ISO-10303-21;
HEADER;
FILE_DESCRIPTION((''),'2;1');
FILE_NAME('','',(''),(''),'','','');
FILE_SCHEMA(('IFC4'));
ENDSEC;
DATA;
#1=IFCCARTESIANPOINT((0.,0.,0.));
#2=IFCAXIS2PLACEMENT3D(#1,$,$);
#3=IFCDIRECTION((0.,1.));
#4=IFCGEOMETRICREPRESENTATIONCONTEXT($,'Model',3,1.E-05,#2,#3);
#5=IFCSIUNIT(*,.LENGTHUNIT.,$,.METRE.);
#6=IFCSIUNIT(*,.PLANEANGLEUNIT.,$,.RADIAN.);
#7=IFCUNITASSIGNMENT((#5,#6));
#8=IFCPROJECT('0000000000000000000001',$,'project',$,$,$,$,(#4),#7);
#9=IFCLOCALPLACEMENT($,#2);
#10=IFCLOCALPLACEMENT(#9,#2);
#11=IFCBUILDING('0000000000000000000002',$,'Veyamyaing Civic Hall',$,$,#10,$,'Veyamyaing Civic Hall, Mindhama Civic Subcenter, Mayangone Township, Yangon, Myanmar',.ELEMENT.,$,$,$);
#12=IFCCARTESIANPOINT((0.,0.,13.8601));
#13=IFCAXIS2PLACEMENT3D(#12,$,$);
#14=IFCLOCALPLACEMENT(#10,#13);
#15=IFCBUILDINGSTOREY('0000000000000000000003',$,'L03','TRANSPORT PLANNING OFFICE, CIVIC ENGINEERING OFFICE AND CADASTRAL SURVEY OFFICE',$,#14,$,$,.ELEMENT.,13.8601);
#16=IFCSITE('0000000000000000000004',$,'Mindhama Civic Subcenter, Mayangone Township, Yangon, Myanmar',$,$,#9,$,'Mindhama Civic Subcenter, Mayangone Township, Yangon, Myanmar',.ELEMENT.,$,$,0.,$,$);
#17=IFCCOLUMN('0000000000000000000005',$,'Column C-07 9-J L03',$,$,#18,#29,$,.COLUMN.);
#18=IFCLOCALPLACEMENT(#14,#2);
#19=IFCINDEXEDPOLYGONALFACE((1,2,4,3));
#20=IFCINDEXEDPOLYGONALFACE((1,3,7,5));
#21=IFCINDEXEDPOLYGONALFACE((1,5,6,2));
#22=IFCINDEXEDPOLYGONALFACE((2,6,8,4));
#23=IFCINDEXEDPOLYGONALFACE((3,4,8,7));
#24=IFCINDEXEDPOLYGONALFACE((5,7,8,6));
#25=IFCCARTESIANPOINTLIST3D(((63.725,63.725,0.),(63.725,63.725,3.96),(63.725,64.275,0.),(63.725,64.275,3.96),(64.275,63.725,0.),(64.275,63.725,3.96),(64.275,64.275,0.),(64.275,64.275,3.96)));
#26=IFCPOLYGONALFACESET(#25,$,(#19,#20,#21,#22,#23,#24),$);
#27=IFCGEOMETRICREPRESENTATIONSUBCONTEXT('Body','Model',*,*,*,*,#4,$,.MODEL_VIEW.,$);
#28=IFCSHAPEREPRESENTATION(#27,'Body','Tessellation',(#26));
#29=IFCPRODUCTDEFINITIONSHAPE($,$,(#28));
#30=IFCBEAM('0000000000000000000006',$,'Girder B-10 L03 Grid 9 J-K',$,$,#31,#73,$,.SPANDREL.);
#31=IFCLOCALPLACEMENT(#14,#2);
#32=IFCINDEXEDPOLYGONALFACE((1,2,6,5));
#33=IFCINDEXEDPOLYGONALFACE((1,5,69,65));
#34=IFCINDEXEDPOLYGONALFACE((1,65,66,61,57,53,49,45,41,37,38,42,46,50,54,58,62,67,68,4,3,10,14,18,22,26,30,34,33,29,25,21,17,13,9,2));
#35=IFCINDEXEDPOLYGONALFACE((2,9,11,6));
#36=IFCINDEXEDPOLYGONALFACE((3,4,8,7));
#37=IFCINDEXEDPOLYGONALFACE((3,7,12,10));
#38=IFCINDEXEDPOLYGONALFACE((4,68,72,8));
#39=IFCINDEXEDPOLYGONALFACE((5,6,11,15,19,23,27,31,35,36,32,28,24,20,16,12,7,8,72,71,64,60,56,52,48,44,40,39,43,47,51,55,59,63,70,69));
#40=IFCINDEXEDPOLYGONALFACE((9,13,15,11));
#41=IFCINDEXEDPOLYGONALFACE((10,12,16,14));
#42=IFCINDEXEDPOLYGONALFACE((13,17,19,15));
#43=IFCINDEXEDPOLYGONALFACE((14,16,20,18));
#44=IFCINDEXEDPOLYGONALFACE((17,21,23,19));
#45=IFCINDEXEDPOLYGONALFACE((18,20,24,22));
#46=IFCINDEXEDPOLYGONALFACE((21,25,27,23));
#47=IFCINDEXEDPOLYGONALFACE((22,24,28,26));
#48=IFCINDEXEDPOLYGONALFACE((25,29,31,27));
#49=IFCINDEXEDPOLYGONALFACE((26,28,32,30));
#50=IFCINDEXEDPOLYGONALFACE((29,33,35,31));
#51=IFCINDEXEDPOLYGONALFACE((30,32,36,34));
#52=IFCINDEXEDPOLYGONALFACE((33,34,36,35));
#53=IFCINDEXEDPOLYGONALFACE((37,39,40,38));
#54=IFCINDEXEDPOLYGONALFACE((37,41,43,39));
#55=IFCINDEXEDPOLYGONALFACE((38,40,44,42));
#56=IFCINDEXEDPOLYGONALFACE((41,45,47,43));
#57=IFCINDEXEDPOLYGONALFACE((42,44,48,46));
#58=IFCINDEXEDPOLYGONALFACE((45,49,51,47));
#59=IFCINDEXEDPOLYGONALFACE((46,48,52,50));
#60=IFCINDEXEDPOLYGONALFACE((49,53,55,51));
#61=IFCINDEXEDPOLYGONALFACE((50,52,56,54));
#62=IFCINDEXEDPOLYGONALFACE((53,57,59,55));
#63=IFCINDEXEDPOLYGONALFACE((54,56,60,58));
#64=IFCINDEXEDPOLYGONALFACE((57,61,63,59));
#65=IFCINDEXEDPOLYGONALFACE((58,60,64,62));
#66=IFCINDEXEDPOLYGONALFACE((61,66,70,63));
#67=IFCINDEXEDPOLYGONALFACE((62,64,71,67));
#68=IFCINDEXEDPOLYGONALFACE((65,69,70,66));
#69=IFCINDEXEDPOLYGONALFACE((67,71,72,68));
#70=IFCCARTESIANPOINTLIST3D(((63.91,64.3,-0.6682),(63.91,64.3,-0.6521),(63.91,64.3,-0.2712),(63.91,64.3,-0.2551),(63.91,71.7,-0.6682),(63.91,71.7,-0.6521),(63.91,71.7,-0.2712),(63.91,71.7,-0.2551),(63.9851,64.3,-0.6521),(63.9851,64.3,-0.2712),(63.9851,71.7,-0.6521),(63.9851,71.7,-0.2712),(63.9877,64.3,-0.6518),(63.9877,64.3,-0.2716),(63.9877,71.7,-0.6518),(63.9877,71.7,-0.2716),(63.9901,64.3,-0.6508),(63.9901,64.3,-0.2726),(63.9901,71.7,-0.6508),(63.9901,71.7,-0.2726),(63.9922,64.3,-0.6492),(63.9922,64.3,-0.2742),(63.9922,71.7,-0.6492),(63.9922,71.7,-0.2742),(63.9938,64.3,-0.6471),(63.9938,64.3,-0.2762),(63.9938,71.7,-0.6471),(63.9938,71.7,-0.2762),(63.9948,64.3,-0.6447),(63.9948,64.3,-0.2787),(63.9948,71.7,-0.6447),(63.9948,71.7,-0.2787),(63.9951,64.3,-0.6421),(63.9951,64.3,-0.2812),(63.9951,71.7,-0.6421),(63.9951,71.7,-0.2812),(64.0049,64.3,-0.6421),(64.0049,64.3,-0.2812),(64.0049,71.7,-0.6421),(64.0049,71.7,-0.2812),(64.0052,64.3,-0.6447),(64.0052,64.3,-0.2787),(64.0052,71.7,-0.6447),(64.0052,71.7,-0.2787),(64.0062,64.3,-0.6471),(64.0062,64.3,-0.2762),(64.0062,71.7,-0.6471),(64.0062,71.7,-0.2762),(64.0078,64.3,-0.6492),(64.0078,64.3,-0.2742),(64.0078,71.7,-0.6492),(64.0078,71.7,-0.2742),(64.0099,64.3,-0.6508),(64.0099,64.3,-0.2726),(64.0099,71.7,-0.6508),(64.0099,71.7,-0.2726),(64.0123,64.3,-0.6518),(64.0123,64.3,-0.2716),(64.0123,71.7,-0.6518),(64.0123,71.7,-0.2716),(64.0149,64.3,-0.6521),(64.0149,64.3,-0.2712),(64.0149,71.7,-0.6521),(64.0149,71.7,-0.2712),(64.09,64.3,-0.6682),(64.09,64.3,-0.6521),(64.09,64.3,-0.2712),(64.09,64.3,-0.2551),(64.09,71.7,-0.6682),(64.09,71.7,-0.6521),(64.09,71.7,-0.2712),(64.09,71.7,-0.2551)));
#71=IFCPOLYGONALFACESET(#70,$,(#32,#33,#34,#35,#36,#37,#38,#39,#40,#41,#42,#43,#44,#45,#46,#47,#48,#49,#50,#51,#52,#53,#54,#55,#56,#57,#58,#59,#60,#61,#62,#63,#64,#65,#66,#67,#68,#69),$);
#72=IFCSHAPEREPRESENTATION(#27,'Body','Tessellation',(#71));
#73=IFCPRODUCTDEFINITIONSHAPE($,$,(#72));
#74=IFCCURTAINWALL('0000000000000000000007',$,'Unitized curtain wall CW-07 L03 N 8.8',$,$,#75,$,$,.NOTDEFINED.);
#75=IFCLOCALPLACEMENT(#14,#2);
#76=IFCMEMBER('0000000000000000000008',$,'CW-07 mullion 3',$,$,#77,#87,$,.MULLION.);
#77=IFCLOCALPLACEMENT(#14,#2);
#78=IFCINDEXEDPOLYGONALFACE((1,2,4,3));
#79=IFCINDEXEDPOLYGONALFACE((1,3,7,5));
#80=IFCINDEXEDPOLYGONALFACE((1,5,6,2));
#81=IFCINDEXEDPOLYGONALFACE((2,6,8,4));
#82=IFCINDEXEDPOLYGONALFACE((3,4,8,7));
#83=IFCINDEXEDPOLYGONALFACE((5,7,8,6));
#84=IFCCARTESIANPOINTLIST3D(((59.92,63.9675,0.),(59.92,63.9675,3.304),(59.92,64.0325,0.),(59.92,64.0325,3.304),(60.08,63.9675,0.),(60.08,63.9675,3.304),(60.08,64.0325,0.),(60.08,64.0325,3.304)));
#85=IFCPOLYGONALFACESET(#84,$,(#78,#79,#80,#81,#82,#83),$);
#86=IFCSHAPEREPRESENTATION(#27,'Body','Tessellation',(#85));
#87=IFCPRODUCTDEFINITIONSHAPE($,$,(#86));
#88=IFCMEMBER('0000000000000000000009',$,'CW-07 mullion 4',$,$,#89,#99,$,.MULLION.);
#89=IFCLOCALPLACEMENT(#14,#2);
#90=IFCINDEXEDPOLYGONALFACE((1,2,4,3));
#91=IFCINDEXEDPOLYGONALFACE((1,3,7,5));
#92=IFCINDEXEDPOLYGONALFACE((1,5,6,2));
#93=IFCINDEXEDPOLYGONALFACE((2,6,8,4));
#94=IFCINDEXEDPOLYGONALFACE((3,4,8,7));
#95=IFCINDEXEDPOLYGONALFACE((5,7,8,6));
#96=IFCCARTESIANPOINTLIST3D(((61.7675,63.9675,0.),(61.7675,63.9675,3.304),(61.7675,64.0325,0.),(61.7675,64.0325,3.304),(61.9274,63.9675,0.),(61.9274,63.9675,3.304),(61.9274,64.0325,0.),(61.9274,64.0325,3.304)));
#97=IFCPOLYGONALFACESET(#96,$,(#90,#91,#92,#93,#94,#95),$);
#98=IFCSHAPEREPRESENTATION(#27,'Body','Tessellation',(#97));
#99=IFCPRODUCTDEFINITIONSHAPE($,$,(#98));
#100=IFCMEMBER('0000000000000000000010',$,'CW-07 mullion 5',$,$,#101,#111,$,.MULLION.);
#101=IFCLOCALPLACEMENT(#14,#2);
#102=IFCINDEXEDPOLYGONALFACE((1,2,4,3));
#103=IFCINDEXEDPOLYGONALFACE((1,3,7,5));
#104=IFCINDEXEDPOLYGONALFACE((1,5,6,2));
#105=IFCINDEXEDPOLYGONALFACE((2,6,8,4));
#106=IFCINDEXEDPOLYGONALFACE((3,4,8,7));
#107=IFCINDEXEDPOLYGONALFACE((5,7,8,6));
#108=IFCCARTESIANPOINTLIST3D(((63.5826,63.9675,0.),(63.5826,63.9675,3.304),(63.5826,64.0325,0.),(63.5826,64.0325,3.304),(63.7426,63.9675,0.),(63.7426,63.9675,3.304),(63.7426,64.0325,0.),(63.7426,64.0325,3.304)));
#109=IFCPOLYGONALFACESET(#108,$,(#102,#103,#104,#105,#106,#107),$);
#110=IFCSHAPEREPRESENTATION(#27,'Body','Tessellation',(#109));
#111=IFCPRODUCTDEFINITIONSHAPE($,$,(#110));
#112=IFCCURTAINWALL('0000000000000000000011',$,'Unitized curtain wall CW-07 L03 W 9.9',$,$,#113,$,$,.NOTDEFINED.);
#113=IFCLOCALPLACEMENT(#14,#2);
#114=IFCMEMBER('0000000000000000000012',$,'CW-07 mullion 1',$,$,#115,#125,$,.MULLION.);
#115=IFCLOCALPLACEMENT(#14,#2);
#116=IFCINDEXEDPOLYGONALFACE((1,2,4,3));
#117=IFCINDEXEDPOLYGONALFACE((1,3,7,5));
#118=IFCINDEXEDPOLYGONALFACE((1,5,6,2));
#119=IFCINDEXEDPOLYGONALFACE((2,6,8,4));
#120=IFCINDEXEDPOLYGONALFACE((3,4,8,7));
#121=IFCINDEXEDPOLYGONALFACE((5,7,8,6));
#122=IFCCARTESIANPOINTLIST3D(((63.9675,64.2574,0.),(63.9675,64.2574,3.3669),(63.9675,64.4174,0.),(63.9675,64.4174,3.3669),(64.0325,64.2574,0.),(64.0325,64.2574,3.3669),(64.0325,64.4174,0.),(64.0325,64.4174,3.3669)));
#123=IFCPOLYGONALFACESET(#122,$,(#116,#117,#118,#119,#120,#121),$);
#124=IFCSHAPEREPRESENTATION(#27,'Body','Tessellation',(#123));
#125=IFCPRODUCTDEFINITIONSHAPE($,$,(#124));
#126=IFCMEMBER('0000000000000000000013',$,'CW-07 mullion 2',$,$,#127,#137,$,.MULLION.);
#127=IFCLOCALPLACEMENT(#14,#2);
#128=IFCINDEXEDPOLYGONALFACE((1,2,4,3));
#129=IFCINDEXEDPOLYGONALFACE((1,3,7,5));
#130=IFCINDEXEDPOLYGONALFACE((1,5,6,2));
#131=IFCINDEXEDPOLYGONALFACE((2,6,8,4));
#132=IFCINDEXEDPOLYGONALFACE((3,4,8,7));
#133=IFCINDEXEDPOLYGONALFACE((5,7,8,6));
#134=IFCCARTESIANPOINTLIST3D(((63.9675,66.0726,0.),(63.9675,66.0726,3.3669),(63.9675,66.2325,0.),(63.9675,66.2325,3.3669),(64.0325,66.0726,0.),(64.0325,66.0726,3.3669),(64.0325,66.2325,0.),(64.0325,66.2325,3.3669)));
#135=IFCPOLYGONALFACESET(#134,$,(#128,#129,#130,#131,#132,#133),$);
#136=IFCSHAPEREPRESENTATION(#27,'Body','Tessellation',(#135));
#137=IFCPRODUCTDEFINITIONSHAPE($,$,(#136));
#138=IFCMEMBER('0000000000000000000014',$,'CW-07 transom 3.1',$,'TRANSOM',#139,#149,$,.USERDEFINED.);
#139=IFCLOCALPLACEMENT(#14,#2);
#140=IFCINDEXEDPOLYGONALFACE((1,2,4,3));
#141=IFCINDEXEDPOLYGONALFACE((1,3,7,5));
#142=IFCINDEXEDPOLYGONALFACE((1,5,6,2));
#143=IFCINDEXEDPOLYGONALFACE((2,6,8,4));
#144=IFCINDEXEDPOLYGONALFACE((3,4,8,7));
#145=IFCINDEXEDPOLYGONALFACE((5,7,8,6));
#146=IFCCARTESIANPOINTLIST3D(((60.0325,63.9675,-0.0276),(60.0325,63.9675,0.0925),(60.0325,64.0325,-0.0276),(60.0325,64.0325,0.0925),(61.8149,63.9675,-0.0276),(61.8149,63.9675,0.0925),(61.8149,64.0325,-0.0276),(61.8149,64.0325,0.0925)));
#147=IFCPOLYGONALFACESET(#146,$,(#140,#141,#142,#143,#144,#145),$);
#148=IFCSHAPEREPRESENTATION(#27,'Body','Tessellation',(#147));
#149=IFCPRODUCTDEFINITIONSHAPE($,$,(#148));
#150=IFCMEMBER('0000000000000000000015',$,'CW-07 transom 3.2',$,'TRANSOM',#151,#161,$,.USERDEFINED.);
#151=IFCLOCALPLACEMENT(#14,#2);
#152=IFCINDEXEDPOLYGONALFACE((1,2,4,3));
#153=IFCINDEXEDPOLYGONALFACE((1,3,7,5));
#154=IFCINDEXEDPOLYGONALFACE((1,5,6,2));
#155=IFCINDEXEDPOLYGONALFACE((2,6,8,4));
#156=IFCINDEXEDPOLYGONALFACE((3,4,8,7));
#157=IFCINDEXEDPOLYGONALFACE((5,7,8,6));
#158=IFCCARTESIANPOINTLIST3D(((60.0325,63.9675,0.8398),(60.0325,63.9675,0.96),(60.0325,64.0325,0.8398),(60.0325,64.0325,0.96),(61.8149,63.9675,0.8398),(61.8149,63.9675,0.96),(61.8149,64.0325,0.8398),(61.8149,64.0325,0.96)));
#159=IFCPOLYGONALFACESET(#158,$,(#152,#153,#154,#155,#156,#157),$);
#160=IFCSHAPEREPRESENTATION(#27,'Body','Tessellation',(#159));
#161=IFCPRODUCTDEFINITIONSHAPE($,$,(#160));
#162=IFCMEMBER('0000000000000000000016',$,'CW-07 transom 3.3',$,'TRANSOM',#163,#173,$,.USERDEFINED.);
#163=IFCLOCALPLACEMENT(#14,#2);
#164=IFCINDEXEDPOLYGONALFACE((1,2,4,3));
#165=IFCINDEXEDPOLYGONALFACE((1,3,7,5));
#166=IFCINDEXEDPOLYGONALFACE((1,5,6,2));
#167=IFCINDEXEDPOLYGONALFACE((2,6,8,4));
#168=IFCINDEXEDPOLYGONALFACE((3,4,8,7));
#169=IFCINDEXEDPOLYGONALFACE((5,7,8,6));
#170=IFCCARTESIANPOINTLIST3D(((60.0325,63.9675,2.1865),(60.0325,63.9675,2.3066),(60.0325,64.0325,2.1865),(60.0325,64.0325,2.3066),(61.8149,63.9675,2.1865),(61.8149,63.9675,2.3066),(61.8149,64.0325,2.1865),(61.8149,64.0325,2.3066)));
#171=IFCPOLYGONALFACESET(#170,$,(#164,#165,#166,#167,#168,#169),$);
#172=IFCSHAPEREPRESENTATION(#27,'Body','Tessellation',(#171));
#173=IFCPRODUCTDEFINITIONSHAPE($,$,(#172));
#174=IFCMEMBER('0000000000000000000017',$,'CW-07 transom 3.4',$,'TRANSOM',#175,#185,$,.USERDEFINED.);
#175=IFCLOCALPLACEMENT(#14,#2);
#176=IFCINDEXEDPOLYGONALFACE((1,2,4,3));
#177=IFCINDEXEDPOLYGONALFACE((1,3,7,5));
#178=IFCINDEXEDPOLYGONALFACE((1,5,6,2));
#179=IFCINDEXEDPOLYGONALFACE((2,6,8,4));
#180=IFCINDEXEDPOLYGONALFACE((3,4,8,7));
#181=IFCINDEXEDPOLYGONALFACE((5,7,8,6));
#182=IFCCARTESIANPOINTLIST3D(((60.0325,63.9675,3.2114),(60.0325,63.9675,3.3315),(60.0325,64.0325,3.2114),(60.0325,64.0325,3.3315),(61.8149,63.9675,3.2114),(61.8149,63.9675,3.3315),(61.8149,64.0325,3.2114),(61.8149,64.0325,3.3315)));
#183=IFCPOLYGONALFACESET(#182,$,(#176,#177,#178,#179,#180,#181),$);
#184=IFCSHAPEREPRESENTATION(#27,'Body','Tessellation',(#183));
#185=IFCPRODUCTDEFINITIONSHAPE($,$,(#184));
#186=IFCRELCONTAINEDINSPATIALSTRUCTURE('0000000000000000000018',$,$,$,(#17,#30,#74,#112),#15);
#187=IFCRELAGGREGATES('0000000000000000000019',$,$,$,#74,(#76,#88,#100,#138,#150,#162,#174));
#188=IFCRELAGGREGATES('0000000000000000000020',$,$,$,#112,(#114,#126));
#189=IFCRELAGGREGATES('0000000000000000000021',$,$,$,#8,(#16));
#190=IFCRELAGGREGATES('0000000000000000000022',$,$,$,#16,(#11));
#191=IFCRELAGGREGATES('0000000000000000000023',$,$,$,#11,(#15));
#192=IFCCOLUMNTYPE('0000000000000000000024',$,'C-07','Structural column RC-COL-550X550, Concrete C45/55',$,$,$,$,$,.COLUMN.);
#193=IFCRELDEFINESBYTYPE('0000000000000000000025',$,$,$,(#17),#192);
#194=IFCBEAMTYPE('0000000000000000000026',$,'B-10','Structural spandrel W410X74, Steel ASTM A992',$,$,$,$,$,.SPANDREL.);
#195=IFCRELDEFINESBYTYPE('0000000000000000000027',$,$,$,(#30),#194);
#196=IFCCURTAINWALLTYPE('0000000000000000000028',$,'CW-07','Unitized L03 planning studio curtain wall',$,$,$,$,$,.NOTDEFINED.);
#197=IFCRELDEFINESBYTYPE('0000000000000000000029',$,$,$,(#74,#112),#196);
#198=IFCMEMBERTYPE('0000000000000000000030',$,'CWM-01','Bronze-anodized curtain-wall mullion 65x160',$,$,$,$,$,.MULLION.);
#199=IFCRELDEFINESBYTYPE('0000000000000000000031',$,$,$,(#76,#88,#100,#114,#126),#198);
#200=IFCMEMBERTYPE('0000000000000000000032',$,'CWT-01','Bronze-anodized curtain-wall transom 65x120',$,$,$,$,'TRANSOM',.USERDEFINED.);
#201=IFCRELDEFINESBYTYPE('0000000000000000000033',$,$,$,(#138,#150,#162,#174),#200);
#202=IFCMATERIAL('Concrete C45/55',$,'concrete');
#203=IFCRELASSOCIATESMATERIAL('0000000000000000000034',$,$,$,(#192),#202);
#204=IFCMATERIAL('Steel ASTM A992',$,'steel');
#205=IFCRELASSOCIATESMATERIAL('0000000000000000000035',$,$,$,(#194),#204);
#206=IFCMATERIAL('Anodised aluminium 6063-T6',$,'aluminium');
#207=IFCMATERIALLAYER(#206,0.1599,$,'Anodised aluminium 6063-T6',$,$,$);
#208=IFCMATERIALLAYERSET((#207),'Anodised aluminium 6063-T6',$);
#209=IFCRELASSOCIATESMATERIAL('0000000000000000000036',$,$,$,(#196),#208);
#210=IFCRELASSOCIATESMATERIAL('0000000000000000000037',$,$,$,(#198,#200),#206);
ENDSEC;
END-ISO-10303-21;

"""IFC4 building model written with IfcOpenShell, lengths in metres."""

from ifc_helpers import new_model, si_unit, direction, frame, origin, origin_2d, place, context, subcontext, project, spatial, rectangle, i_section, extrude, material, layer, layer_set, material_profile, profile_set, type_object, element, aggregate, save


model = new_model("IFC4")

# Units and contexts
model_context = context("Model", 3, precision=1e-05, world=origin(), true_north=direction((0.0, 1.0)))
body_context = subcontext(model_context, "Body", "Model", "MODEL_VIEW")
ifc_project = project(units=[si_unit("LENGTHUNIT", "METRE"), si_unit("PLANEANGLEUNIT", "RADIAN")], contexts=[model_context])

# Site, building, storey
site_placement = place(None, origin())
site = spatial("IfcSite", under=ifc_project, at=site_placement, Name="Mindhama Civic Subcenter, Mayangone Township, Yangon, Myanmar", LongName="Mindhama Civic Subcenter, Mayangone Township, Yangon, Myanmar", CompositionType="ELEMENT", RefElevation=0.0)
building_placement = place(site_placement, origin())
building = spatial("IfcBuilding", under=site, at=building_placement, Name="Veyamyaing Civic Hall", LongName="Veyamyaing Civic Hall, Mindhama Civic Subcenter, Mayangone Township, Yangon, Myanmar", CompositionType="ELEMENT")
storey_placement = place(building_placement, frame((0.0, 0.0, 13.8601)))
storey = spatial("IfcBuildingStorey", under=building, at=storey_placement, Name="L03", Description="TRANSPORT PLANNING OFFICE, CIVIC ENGINEERING OFFICE AND CADASTRAL SURVEY OFFICE", CompositionType="ELEMENT", Elevation=13.8601)

# Column
ifc_material_1 = material(Name="Concrete C45/55", Category="concrete")
ifc_material_profile_1 = material_profile(ifc_material_1, rectangle(XDim=0.55, YDim=0.55, at=origin_2d()), Name="RC-COL-550X550")
ifc_profile_set_1 = profile_set([ifc_material_profile_1], Name="Concrete C45/55")
column_type = type_object("IfcColumnType", Name="C-07", Description="Structural column RC-COL-550X550, Concrete C45/55", PredefinedType="COLUMN", material=ifc_profile_set_1)
column_placement = place(storey_placement, frame((64.0, 64.0, 0.0), z_axis=(0.0, 0.0, 1.0), x_axis=(1.0, 0.0, 0.0)))
element("IfcColumn", 1, at=column_placement, inside=storey, type_object=column_type, Name="Column C-07 9-J L03", PredefinedType="COLUMN", context=body_context, shape_type="SweptSolid", body=[
    extrude(rectangle(XDim=0.55, YDim=0.55, at=origin_2d()), origin(), (0.0, 0.0, 1.0), 3.96),
])

# Beam
ifc_material_2 = material(Name="Steel ASTM A992", Category="steel")
ifc_material_profile_2 = material_profile(ifc_material_2, i_section(OverallWidth=0.1799, OverallDepth=0.4131, WebThickness=0.0098, FlangeThickness=0.0161, FilletRadius=0.01, at=origin_2d()), Name="W410X74")
ifc_profile_set_2 = profile_set([ifc_material_profile_2], Name="Steel ASTM A992")
beam_type = type_object("IfcBeamType", Name="B-10", Description="Structural spandrel W410X74, Steel ASTM A992", PredefinedType="SPANDREL", material=ifc_profile_set_2)
beam_placement = place(storey_placement, frame((64.0, 64.3, -0.4617), z_axis=(0.0, 1.0, 0.0), x_axis=(-1.0, 0.0, 0.0)))
element("IfcBeam", 2, at=beam_placement, inside=storey, type_object=beam_type, Name="Girder B-10 L03 Grid 9 J-K", PredefinedType="SPANDREL", context=body_context, shape_type="SweptSolid", body=[
    extrude(i_section(OverallWidth=0.1799, OverallDepth=0.4131, WebThickness=0.0098, FlangeThickness=0.0161, FilletRadius=0.01, at=origin_2d()), origin(), (0.0, 0.0, 1.0), 7.3999),
])

# Curtain walls, members
ifc_material_3 = material(Name="Anodised aluminium 6063-T6", Category="aluminium")
ifc_layer_1 = layer(ifc_material_3, 0.1599, Name="Anodised aluminium 6063-T6")
ifc_layer_set_1 = layer_set([ifc_layer_1], Name="Anodised aluminium 6063-T6")
curtain_wall_type = type_object("IfcCurtainWallType", Name="CW-07", Description="Unitized L03 planning studio curtain wall", PredefinedType="NOTDEFINED", material=ifc_layer_set_1)
curtain_wall_1_placement = place(storey_placement, origin())
curtain_wall_1 = element("IfcCurtainWall", 3, at=curtain_wall_1_placement, inside=storey, type_object=curtain_wall_type, Name="Unitized curtain wall CW-07 L03 N 8.8", PredefinedType="NOTDEFINED")
ifc_material_profile_3 = material_profile(ifc_material_3, rectangle(XDim=0.0649, YDim=0.1599, at=origin_2d()), Name="ALU-MUL-65X160")
ifc_profile_set_3 = profile_set([ifc_material_profile_3], Name="Anodised aluminium 6063-T6")
member_type_1 = type_object("IfcMemberType", Name="CWM-01", Description="Bronze-anodized curtain-wall mullion 65x160", PredefinedType="MULLION", material=ifc_profile_set_3)
member_1_placement = place(storey_placement, frame((60.0, 64.0, 0.0), z_axis=(0.0, 0.0, 1.0), x_axis=(0.0, 1.0, 0.0)))
member_1 = element("IfcMember", 4, at=member_1_placement, type_object=member_type_1, Name="CW-07 mullion 3", PredefinedType="MULLION", context=body_context, shape_type="SweptSolid", body=[
    extrude(rectangle(XDim=0.0649, YDim=0.1599, at=origin_2d()), origin(), (0.0, 0.0, 1.0), 3.304),
])
member_2_placement = place(storey_placement, frame((61.8474, 64.0, 0.0), z_axis=(0.0, 0.0, 1.0), x_axis=(0.0, 1.0, 0.0)))
member_2 = element("IfcMember", 5, at=member_2_placement, type_object=member_type_1, Name="CW-07 mullion 4", PredefinedType="MULLION", context=body_context, shape_type="SweptSolid", body=[
    extrude(rectangle(XDim=0.0649, YDim=0.1599, at=origin_2d()), origin(), (0.0, 0.0, 1.0), 3.304),
])
member_3_placement = place(storey_placement, frame((63.6626, 64.0, 0.0), z_axis=(0.0, 0.0, 1.0), x_axis=(0.0, 1.0, 0.0)))
member_3 = element("IfcMember", 6, at=member_3_placement, type_object=member_type_1, Name="CW-07 mullion 5", PredefinedType="MULLION", context=body_context, shape_type="SweptSolid", body=[
    extrude(rectangle(XDim=0.0649, YDim=0.1599, at=origin_2d()), origin(), (0.0, 0.0, 1.0), 3.304),
])
curtain_wall_2_placement = place(storey_placement, origin())
curtain_wall_2 = element("IfcCurtainWall", 7, at=curtain_wall_2_placement, inside=storey, type_object=curtain_wall_type, Name="Unitized curtain wall CW-07 L03 W 9.9", PredefinedType="NOTDEFINED")
member_4_placement = place(storey_placement, frame((64.0, 64.3374, 0.0), z_axis=(0.0, 0.0, 1.0), x_axis=(-1.0, 0.0, 0.0)))
member_4 = element("IfcMember", 8, at=member_4_placement, type_object=member_type_1, Name="CW-07 mullion 1", PredefinedType="MULLION", context=body_context, shape_type="SweptSolid", body=[
    extrude(rectangle(XDim=0.0649, YDim=0.1599, at=origin_2d()), origin(), (0.0, 0.0, 1.0), 3.3669),
])
member_5_placement = place(storey_placement, frame((64.0, 66.1526, 0.0), z_axis=(0.0, 0.0, 1.0), x_axis=(-1.0, 0.0, 0.0)))
member_5 = element("IfcMember", 9, at=member_5_placement, type_object=member_type_1, Name="CW-07 mullion 2", PredefinedType="MULLION", context=body_context, shape_type="SweptSolid", body=[
    extrude(rectangle(XDim=0.0649, YDim=0.1599, at=origin_2d()), origin(), (0.0, 0.0, 1.0), 3.3669),
])

# Members
ifc_material_profile_4 = material_profile(ifc_material_3, rectangle(XDim=0.0649, YDim=0.1201, at=origin_2d()), Name="ALU-TRN-65X120")
ifc_profile_set_4 = profile_set([ifc_material_profile_4], Name="Anodised aluminium 6063-T6")
member_type_2 = type_object("IfcMemberType", Name="CWT-01", Description="Bronze-anodized curtain-wall transom 65x120", ElementType="TRANSOM", PredefinedType="USERDEFINED", material=ifc_profile_set_4)
member_6_placement = place(storey_placement, frame((60.0325, 64.0, 0.0325), z_axis=(1.0, 0.0, 0.0), x_axis=(0.0, 1.0, 0.0)))
member_6 = element("IfcMember", 10, at=member_6_placement, type_object=member_type_2, Name="CW-07 transom 3.1", ObjectType="TRANSOM", PredefinedType="USERDEFINED", context=body_context, shape_type="SweptSolid", body=[
    extrude(rectangle(XDim=0.0649, YDim=0.1201, at=origin_2d()), origin(), (0.0, 0.0, 1.0), 1.7825),
])
member_7_placement = place(storey_placement, frame((60.0325, 64.0, 0.8999), z_axis=(1.0, 0.0, 0.0), x_axis=(0.0, 1.0, 0.0)))
member_7 = element("IfcMember", 11, at=member_7_placement, type_object=member_type_2, Name="CW-07 transom 3.2", ObjectType="TRANSOM", PredefinedType="USERDEFINED", context=body_context, shape_type="SweptSolid", body=[
    extrude(rectangle(XDim=0.0649, YDim=0.1201, at=origin_2d()), origin(), (0.0, 0.0, 1.0), 1.7825),
])
member_8_placement = place(storey_placement, frame((60.0325, 64.0, 2.2466), z_axis=(1.0, 0.0, 0.0), x_axis=(0.0, 1.0, 0.0)))
member_8 = element("IfcMember", 12, at=member_8_placement, type_object=member_type_2, Name="CW-07 transom 3.3", ObjectType="TRANSOM", PredefinedType="USERDEFINED", context=body_context, shape_type="SweptSolid", body=[
    extrude(rectangle(XDim=0.0649, YDim=0.1201, at=origin_2d()), origin(), (0.0, 0.0, 1.0), 1.7825),
])
member_9_placement = place(storey_placement, frame((60.0325, 64.0, 3.2715), z_axis=(1.0, 0.0, 0.0), x_axis=(0.0, 1.0, 0.0)))
member_9 = element("IfcMember", 13, at=member_9_placement, type_object=member_type_2, Name="CW-07 transom 3.4", ObjectType="TRANSOM", PredefinedType="USERDEFINED", context=body_context, shape_type="SweptSolid", body=[
    extrude(rectangle(XDim=0.0649, YDim=0.1201, at=origin_2d()), origin(), (0.0, 0.0, 1.0), 1.7825),
])

aggregate(curtain_wall_1, [member_1, member_2, member_3, member_6, member_7, member_8, member_9])
aggregate(curtain_wall_2, [member_4, member_5])

save(model, "model.ifc")
